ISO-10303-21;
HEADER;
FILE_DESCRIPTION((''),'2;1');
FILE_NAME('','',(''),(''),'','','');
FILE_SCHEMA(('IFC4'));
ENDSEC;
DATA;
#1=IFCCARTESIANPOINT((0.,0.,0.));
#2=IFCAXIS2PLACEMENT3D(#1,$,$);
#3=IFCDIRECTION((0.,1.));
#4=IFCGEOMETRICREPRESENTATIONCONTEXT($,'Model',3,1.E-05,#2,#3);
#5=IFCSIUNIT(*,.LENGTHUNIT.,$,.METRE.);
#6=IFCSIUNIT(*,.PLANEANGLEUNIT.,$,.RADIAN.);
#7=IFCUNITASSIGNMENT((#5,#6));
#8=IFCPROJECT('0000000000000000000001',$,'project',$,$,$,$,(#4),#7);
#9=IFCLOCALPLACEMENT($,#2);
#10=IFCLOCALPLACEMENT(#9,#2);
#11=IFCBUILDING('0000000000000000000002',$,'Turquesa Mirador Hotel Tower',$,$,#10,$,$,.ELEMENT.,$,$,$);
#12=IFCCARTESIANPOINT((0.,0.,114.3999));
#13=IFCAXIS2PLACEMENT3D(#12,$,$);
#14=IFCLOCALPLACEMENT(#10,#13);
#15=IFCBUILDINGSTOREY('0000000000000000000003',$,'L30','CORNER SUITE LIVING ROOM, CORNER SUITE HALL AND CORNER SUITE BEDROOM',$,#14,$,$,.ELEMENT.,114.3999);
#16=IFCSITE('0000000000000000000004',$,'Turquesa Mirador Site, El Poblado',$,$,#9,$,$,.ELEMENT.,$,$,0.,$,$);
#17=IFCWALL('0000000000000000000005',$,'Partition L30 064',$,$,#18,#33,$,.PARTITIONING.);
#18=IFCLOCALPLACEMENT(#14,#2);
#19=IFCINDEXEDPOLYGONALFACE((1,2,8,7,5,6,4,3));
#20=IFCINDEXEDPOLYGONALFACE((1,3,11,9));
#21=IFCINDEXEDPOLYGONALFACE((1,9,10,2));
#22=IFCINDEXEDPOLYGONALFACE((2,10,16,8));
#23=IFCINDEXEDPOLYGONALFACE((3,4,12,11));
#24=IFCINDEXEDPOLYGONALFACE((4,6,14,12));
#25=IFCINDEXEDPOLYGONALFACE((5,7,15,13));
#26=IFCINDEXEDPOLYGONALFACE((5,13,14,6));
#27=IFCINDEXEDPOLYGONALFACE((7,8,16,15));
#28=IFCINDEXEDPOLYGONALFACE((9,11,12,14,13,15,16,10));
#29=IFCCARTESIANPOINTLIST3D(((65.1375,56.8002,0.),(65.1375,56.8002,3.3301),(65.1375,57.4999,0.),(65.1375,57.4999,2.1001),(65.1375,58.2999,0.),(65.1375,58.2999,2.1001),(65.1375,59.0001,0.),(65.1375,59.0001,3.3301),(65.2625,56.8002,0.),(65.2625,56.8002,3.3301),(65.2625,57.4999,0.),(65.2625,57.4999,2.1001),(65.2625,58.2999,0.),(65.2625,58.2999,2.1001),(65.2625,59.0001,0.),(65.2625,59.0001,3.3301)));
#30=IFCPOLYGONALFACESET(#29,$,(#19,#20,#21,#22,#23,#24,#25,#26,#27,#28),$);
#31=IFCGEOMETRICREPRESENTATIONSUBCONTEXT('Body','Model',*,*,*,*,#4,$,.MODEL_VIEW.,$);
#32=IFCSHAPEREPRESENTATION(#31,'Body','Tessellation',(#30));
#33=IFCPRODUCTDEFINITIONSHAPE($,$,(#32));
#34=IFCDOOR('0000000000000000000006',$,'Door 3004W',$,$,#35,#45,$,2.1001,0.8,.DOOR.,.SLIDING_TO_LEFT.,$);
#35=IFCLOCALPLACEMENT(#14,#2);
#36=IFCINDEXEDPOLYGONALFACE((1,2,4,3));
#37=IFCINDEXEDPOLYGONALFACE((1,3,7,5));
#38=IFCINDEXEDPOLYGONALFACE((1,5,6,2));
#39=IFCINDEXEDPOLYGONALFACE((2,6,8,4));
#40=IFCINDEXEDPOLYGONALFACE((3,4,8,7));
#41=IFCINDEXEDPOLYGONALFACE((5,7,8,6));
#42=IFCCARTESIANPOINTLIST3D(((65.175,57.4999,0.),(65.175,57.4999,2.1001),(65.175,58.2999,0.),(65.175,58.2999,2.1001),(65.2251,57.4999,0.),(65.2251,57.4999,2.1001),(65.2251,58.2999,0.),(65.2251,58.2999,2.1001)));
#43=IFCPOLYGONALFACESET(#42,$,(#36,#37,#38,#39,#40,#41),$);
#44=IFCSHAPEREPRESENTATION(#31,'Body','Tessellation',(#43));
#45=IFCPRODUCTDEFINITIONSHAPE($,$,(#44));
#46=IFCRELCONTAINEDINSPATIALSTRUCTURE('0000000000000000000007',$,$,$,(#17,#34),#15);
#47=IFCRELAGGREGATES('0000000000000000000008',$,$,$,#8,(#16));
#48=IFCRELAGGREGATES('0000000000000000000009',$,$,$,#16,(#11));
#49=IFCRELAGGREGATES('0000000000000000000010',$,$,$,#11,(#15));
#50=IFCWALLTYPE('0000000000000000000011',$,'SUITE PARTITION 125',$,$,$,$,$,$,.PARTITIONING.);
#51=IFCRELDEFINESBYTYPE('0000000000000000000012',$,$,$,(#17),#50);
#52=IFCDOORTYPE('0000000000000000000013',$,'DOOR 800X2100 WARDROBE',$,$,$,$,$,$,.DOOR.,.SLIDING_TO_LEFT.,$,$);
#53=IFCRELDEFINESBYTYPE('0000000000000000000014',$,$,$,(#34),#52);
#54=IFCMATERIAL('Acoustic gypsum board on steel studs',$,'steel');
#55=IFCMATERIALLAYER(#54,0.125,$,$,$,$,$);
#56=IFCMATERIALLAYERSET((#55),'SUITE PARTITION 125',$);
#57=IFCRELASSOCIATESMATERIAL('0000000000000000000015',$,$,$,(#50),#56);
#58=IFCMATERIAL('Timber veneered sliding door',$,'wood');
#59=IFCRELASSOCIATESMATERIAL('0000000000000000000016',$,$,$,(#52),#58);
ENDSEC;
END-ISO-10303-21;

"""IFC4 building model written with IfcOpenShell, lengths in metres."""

from ifc_helpers import new_model, si_unit, direction, frame, frame_2d, origin, place, context, subcontext, project, spatial, rectangle, extrude, material, layer, layer_set, type_object, element, fill, save


model = new_model("IFC4")

# Units and contexts
model_context = context("Model", 3, precision=1e-05, world=origin(), true_north=direction((0.0, 1.0)))
body_context = subcontext(model_context, "Body", "Model", "MODEL_VIEW")
ifc_project = project(units=[si_unit("LENGTHUNIT", "METRE"), si_unit("PLANEANGLEUNIT", "RADIAN")], contexts=[model_context])

# Site, building, storey
site_placement = place(None, origin())
site = spatial("IfcSite", under=ifc_project, at=site_placement, Name="Turquesa Mirador Site, El Poblado", CompositionType="ELEMENT", RefElevation=0.0)
building_placement = place(site_placement, origin())
building = spatial("IfcBuilding", under=site, at=building_placement, Name="Turquesa Mirador Hotel Tower", CompositionType="ELEMENT")
storey_placement = place(building_placement, frame((0.0, 0.0, 114.3999)))
storey = spatial("IfcBuildingStorey", under=building, at=storey_placement, Name="L30", Description="CORNER SUITE LIVING ROOM, CORNER SUITE HALL AND CORNER SUITE BEDROOM", CompositionType="ELEMENT", Elevation=114.3999)

# Shared definitions
ifc_material_1 = material(Name="Acoustic gypsum board on steel studs", Category="steel")
ifc_layer_1 = layer(ifc_material_1, 0.125)
ifc_layer_set_1 = layer_set([ifc_layer_1], Name="SUITE PARTITION 125")
wall_type_1 = type_object("IfcWallType", Name="SUITE PARTITION 125", PredefinedType="PARTITIONING", material=ifc_layer_set_1)

# Wall, opening, door
wall_1_placement = place(storey_placement, frame((65.2, 56.8, 0.0), z_axis=(0.0, 0.0, 1.0), x_axis=(0.0, 1.0, 0.0)))
wall_1 = element("IfcWall", 1, at=wall_1_placement, inside=storey, type_object=wall_type_1, Name="Partition L30 064", PredefinedType="PARTITIONING", context=body_context, shape_type="SweptSolid", body=[
    extrude(rectangle(XDim=2.2, YDim=0.125, at=frame_2d((1.1001, 0.0))), origin(), (0.0, 0.0, 1.0), 3.3301),
])
opening_1_placement = place(wall_1_placement, frame((0.7, 0.0, 0.0)))
opening_1 = element("IfcOpeningElement", 2, at=opening_1_placement, cuts=wall_1, PredefinedType="OPENING", context=body_context, shape_type="SweptSolid", body=[
    extrude(rectangle(XDim=0.8, YDim=2.1001, at=frame_2d((0.3999, 1.05))), frame((0.0, 0.0725, 0.0), z_axis=(0.0, -1.0, 0.0), x_axis=(1.0, 0.0, 0.0)), (0.0, 0.0, 1.0), 0.145),
])
ifc_material_2 = material(Name="Timber veneered sliding door", Category="wood")
door_type_1 = type_object("IfcDoorType", Name="DOOR 800X2100 WARDROBE", OperationType="SLIDING_TO_LEFT", PredefinedType="DOOR", material=ifc_material_2)
door_1_placement = place(opening_1_placement, origin())
door_1 = element("IfcDoor", 3, at=door_1_placement, inside=storey, type_object=door_type_1, Name="Door 3004W", OperationType="SLIDING_TO_LEFT", OverallHeight=2.1001, OverallWidth=0.8, PredefinedType="DOOR", context=body_context, shape_type="SweptSolid", body=[
    extrude(rectangle(XDim=0.8, YDim=2.1001, at=frame_2d((0.3999, 1.05))), frame((0.0, 0.0249, 0.0), z_axis=(0.0, -1.0, 0.0), x_axis=(1.0, 0.0, 0.0)), (0.0, 0.0, 1.0), 0.05),
])
fill(opening_1, door_1)

save(model, "model.ifc")
